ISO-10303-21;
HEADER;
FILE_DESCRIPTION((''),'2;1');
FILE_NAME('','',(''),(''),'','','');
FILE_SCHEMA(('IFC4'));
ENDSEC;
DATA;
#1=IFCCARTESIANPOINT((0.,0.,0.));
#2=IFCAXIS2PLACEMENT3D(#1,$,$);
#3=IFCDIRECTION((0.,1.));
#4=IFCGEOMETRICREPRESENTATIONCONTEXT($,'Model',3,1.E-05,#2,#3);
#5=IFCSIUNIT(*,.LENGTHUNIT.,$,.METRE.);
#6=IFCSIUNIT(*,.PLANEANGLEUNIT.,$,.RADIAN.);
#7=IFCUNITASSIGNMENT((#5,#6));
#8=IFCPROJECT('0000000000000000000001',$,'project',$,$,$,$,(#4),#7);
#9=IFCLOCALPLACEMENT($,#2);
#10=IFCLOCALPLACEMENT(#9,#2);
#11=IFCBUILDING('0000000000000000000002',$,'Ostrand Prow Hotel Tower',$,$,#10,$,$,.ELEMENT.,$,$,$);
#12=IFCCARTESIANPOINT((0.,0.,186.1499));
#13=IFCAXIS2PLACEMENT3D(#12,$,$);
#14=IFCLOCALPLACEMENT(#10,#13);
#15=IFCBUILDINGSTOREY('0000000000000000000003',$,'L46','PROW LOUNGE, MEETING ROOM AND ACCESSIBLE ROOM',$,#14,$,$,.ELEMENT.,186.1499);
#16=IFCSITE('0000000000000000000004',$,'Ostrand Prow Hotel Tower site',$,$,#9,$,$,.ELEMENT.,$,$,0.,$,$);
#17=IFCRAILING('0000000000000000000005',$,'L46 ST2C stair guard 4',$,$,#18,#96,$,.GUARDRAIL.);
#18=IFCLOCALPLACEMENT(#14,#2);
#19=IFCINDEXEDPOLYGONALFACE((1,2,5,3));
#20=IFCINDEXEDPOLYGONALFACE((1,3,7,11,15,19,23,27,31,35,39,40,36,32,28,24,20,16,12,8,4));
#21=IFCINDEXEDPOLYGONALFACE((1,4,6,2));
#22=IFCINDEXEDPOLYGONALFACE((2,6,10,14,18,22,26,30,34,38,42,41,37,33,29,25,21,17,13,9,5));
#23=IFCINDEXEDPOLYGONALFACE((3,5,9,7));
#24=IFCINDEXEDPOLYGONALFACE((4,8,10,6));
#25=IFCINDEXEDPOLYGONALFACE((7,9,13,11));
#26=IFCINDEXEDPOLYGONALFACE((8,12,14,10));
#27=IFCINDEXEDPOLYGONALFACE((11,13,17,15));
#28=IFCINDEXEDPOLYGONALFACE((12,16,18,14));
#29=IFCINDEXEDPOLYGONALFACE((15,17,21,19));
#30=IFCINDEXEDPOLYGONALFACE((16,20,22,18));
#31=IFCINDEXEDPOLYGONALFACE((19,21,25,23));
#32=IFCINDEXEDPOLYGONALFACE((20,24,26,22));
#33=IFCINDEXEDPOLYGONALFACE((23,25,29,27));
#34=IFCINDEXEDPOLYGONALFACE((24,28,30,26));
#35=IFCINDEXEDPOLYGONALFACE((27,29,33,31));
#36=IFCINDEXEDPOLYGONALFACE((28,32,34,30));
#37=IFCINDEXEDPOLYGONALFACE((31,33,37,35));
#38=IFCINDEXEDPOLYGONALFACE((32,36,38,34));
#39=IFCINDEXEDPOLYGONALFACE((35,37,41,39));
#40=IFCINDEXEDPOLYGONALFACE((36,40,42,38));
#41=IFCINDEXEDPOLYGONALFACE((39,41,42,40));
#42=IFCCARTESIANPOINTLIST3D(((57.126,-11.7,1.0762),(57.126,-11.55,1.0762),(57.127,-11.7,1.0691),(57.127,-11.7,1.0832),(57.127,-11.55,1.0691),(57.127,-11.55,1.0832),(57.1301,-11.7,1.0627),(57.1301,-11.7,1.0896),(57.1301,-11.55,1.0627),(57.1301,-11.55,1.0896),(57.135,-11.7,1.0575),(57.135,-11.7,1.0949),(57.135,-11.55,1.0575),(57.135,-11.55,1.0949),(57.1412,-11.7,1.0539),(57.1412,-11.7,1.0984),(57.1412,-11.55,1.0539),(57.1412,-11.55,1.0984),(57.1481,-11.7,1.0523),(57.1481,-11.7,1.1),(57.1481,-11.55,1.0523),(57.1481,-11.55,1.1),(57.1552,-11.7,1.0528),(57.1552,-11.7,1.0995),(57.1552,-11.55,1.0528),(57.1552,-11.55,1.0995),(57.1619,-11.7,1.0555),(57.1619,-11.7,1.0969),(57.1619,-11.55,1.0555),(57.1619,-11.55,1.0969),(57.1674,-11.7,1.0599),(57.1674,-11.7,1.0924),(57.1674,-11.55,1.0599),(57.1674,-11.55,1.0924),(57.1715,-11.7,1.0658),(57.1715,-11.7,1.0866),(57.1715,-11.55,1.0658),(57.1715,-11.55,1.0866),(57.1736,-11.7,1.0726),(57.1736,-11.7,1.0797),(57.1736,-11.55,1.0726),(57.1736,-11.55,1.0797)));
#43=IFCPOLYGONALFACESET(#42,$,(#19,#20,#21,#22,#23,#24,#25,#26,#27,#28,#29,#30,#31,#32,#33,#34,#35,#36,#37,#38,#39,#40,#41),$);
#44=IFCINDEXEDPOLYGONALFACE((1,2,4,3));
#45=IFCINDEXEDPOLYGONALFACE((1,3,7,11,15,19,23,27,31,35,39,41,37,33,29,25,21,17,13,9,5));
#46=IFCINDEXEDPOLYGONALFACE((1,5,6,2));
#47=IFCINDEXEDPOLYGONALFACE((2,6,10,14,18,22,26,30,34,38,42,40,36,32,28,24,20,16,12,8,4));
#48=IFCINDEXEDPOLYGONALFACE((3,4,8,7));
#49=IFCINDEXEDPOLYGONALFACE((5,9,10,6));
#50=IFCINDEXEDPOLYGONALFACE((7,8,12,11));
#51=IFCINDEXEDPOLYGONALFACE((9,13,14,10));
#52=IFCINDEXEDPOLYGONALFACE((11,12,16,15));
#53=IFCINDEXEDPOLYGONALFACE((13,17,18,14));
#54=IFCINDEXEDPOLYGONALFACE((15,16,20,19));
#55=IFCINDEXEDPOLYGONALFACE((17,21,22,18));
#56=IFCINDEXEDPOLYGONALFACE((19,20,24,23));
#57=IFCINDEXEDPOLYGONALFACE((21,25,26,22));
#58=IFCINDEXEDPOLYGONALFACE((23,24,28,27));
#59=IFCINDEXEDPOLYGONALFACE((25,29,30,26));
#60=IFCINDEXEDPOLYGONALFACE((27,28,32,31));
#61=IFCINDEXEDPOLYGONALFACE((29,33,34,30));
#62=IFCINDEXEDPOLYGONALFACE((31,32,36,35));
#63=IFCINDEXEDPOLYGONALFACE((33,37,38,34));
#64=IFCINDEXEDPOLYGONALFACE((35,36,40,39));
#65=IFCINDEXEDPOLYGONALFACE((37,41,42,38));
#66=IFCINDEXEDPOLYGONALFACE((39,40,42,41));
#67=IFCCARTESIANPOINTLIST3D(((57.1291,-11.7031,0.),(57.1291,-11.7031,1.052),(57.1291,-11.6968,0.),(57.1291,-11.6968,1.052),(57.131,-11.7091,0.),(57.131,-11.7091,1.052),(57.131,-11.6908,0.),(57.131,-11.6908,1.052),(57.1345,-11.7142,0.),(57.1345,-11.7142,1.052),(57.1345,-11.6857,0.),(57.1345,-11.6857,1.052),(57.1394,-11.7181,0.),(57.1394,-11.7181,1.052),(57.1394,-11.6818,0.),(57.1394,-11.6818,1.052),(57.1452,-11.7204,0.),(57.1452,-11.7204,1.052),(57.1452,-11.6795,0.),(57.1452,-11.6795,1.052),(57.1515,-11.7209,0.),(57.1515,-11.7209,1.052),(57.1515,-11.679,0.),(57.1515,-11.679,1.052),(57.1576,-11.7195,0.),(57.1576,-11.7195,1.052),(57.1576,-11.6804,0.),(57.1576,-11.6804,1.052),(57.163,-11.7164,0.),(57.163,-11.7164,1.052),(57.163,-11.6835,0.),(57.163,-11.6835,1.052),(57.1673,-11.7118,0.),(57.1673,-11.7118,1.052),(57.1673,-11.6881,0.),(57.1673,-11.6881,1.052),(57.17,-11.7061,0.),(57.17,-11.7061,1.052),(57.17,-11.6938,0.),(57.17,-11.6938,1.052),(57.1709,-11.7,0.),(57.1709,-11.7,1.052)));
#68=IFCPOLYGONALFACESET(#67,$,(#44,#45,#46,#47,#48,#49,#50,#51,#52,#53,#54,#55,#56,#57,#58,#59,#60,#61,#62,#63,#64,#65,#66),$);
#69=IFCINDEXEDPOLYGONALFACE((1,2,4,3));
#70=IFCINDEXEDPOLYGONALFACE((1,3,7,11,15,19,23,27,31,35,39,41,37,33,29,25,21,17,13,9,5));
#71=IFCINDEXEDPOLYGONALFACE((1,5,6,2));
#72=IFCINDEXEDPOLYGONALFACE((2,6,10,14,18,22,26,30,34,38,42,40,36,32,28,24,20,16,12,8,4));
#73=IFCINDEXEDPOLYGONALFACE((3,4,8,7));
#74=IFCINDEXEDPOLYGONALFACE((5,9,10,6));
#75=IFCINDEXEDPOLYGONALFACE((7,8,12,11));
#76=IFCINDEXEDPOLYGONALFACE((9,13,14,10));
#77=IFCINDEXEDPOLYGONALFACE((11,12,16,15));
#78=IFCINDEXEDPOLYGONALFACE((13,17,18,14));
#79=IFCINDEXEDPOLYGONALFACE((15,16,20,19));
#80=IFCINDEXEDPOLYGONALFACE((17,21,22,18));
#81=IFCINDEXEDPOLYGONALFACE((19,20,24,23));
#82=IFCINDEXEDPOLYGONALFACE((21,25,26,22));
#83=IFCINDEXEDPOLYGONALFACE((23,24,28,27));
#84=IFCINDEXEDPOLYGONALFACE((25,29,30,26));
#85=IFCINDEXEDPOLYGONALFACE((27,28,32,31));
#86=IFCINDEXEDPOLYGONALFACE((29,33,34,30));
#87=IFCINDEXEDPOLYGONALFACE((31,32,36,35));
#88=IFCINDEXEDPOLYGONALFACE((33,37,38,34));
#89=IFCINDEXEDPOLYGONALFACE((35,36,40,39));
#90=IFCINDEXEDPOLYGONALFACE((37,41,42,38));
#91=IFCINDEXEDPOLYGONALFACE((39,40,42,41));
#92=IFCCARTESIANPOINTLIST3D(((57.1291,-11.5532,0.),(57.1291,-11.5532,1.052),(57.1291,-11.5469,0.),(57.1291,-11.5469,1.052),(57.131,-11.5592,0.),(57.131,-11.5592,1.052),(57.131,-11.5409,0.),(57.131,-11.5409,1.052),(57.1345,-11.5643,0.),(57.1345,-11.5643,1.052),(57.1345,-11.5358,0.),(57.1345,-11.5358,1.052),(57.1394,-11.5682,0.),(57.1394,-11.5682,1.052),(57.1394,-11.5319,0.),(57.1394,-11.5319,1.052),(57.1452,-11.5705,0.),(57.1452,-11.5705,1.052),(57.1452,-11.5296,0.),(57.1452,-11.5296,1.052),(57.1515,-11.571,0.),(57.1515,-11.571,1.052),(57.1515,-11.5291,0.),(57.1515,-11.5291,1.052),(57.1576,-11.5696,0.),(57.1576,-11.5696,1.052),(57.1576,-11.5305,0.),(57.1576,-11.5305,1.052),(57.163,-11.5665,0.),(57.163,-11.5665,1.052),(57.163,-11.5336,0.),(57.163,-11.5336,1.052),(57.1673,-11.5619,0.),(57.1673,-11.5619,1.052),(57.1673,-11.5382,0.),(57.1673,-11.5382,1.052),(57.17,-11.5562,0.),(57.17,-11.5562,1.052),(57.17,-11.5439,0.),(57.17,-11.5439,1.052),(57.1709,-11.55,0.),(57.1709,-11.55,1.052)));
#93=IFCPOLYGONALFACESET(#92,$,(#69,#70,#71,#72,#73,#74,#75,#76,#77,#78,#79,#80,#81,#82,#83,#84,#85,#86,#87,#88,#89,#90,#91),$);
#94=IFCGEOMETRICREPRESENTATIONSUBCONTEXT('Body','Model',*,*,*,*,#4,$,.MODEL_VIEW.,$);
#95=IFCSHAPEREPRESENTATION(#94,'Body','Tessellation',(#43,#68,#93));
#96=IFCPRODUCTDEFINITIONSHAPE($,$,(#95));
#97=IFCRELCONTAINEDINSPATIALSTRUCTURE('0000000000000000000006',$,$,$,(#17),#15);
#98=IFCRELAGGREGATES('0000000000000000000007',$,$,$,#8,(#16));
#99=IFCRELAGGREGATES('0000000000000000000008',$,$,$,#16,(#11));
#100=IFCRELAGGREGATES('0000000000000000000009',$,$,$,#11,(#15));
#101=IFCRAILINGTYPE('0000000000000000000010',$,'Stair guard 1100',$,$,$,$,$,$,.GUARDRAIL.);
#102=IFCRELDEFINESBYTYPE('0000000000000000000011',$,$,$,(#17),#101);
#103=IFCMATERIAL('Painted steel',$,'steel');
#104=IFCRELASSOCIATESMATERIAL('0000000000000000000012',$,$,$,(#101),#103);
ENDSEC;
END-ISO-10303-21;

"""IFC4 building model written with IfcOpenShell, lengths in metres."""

from ifc_helpers import new_model, si_unit, direction, frame, origin, origin_2d, place, context, subcontext, project, spatial, circle, extrude, material, type_object, element, save


model = new_model("IFC4")

# Units and contexts
model_context = context("Model", 3, precision=1e-05, world=origin(), true_north=direction((0.0, 1.0)))
body_context = subcontext(model_context, "Body", "Model", "MODEL_VIEW")
ifc_project = project(units=[si_unit("LENGTHUNIT", "METRE"), si_unit("PLANEANGLEUNIT", "RADIAN")], contexts=[model_context])

# Site, building, storey
site_placement = place(None, origin())
site = spatial("IfcSite", under=ifc_project, at=site_placement, Name="Ostrand Prow Hotel Tower site", CompositionType="ELEMENT", RefElevation=0.0)
building_placement = place(site_placement, origin())
building = spatial("IfcBuilding", under=site, at=building_placement, Name="Ostrand Prow Hotel Tower", CompositionType="ELEMENT")
storey_placement = place(building_placement, frame((0.0, 0.0, 186.1499)))
storey = spatial("IfcBuildingStorey", under=building, at=storey_placement, Name="L46", Description="PROW LOUNGE, MEETING ROOM AND ACCESSIBLE ROOM", CompositionType="ELEMENT", Elevation=186.1499)

# Railing
ifc_material_1 = material(Name="Painted steel", Category="steel")
railing_type = type_object("IfcRailingType", Name="Stair guard 1100", PredefinedType="GUARDRAIL", material=ifc_material_1)
railing_placement = place(storey_placement, frame((57.1499, -11.7, 0.0)))
element("IfcRailing", 1, at=railing_placement, inside=storey, type_object=railing_type, Name="L46 ST2C stair guard 4", PredefinedType="GUARDRAIL", context=body_context, shape_type="SweptSolid", body=[
    extrude(circle(Radius=0.0239, at=origin_2d()), frame((0.0, 0.0, 1.0762), z_axis=(0.0, 1.0, 0.0), x_axis=(-1.0, 0.0, 0.0)), (0.0, 0.0, 1.0), 0.1499),
    extrude(circle(Radius=0.021, at=origin_2d()), origin(), (0.0, 0.0, 1.0), 1.052),
    extrude(circle(Radius=0.021, at=origin_2d()), frame((0.0, 0.1499, 0.0)), (0.0, 0.0, 1.0), 1.052),
])

save(model, "model.ifc")
